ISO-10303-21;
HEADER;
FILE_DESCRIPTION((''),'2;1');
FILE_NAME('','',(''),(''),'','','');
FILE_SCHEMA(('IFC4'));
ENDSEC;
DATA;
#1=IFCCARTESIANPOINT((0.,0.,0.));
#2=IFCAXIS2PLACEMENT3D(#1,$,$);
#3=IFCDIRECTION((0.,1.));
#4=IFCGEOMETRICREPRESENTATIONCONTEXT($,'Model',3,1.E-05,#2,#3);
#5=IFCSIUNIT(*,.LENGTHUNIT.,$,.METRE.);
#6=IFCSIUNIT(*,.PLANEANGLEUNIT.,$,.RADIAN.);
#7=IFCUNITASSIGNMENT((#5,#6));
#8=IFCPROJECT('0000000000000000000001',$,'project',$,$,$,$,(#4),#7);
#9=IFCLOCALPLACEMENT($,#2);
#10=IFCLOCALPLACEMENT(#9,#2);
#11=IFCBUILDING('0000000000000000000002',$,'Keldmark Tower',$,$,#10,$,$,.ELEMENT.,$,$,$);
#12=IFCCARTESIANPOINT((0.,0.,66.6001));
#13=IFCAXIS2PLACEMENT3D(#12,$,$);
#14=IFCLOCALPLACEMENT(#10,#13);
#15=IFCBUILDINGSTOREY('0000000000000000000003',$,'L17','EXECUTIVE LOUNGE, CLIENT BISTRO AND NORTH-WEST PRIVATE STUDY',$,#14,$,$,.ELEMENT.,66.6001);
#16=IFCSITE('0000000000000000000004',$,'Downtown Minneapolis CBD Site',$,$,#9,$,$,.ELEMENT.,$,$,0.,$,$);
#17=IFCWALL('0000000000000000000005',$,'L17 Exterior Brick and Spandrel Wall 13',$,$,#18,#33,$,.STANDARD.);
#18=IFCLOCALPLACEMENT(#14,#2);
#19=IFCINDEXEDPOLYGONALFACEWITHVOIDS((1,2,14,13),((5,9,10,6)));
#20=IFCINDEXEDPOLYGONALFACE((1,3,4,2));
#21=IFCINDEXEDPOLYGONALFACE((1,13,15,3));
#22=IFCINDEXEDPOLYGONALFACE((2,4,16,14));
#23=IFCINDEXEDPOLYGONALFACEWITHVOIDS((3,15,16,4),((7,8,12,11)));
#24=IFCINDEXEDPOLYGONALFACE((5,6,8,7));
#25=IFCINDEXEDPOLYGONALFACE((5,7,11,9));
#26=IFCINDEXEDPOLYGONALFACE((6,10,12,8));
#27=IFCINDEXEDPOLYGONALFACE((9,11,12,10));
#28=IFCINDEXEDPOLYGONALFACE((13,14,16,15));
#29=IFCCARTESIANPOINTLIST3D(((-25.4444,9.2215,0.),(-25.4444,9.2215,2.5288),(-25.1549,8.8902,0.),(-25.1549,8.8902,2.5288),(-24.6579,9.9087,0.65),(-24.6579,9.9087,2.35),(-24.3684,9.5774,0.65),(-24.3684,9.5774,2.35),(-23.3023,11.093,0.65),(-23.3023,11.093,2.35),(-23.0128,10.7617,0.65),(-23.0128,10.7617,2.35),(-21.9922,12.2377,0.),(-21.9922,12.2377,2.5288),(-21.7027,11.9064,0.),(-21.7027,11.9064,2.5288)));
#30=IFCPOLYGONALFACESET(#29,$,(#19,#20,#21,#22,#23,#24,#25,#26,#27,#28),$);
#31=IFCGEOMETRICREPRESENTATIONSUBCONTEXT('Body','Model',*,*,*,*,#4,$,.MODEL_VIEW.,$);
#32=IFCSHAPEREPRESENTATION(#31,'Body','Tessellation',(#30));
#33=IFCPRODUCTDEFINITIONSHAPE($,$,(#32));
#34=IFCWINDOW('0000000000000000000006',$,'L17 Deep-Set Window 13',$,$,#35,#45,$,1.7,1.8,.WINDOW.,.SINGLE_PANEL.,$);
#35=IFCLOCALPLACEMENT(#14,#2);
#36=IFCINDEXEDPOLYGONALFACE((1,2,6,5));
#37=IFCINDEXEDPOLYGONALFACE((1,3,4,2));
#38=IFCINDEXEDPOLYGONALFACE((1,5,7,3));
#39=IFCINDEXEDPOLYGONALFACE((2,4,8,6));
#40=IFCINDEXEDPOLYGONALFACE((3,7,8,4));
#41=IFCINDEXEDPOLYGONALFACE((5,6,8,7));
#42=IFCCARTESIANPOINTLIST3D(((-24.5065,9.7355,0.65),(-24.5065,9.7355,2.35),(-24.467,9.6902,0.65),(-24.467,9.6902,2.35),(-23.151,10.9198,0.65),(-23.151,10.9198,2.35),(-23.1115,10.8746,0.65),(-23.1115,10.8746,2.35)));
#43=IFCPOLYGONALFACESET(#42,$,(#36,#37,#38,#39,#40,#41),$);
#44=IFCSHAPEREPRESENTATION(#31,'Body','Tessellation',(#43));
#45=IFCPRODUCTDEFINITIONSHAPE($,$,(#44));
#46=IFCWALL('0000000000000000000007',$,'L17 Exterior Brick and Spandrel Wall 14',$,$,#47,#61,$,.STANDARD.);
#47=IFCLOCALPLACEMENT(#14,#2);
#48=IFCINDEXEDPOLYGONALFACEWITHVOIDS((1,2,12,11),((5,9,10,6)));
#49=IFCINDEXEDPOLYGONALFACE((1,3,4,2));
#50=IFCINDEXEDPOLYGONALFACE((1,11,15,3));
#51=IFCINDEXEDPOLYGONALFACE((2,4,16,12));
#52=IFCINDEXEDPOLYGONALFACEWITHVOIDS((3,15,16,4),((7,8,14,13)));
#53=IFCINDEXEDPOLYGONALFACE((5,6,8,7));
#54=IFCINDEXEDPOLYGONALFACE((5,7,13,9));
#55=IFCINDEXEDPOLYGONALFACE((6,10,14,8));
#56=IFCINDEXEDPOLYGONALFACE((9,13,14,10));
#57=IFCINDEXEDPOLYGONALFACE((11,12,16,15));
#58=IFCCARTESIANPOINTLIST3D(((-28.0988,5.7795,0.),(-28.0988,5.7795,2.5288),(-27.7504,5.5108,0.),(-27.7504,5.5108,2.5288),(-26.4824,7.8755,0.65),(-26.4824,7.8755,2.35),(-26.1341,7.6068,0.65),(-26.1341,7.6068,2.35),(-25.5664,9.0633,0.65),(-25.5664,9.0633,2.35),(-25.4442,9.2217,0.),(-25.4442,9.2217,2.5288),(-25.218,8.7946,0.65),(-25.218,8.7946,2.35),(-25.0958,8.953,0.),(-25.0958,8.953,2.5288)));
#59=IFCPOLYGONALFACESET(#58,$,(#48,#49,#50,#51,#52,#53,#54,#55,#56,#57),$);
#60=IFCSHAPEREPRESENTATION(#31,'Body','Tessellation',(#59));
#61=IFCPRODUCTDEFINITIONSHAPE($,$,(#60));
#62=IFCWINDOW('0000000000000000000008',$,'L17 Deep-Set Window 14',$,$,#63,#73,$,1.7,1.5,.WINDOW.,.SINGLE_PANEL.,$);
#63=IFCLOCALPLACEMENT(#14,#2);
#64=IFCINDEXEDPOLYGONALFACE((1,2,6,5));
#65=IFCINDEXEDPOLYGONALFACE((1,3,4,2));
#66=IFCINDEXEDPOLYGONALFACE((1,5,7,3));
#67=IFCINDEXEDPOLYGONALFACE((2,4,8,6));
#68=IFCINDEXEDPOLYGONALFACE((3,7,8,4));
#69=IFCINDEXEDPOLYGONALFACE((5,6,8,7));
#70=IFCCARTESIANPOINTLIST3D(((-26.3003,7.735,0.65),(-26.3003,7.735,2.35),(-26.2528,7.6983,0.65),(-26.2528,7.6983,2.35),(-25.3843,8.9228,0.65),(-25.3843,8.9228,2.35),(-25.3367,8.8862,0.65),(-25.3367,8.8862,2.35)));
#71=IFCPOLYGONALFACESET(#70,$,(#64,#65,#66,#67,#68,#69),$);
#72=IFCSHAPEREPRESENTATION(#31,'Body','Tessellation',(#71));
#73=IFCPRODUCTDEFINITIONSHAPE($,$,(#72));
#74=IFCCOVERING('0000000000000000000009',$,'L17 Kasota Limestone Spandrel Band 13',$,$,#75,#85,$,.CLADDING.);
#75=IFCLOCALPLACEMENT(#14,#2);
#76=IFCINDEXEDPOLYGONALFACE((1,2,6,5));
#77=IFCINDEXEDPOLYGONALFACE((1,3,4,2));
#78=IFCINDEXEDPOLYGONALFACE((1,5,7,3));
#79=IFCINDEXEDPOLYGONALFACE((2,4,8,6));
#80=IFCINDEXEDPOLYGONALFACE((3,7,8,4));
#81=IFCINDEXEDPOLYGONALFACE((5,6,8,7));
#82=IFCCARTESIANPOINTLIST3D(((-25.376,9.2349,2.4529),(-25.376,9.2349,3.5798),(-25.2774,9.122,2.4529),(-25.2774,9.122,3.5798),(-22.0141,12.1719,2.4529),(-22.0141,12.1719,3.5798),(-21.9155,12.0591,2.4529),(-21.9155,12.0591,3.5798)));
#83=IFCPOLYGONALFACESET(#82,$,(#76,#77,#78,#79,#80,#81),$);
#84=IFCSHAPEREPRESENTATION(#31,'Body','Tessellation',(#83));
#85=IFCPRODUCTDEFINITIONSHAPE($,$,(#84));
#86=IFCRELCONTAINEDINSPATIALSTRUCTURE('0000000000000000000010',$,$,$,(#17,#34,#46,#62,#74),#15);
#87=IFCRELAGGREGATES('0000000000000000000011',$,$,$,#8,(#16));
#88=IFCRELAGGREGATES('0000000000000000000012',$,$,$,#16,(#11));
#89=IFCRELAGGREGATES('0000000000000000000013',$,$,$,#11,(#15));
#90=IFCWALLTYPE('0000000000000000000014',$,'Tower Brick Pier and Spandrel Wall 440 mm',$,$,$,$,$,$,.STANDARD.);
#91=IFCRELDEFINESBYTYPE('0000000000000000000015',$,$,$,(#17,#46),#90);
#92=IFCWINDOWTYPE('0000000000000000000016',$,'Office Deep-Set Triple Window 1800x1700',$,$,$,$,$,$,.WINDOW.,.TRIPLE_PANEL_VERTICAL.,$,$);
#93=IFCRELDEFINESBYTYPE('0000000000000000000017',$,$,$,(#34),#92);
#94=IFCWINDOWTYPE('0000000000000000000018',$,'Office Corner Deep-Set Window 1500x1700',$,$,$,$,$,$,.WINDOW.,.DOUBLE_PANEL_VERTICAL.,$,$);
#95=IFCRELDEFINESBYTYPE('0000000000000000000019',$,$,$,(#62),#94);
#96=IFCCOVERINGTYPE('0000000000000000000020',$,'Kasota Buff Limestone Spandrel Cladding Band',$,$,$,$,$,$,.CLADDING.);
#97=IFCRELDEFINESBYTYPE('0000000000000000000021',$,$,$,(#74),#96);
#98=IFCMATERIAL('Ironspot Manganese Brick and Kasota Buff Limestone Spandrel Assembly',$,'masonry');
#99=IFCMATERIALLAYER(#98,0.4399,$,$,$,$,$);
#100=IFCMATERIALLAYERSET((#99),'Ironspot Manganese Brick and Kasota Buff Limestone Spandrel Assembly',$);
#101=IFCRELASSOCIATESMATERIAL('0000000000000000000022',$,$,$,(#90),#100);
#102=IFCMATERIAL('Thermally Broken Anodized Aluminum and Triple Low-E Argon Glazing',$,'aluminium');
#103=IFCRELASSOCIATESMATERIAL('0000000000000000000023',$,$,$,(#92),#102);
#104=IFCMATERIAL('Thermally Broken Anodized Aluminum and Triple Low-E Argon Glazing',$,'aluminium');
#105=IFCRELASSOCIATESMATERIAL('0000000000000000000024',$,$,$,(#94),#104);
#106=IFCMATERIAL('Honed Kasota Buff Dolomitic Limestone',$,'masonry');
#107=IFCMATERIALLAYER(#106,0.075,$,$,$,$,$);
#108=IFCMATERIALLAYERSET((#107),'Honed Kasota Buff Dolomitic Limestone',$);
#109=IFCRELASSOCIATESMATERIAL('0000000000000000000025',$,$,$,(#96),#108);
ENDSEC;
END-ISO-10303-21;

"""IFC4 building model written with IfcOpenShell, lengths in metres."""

from ifc_helpers import new_model, si_unit, direction, frame, frame_2d, origin, origin_2d, place, context, subcontext, project, spatial, rectangle, extrude, material, layer, layer_set, type_object, element, fill, save


model = new_model("IFC4")

# Units and contexts
model_context = context("Model", 3, precision=1e-05, world=origin(), true_north=direction((0.0, 1.0)))
body_context = subcontext(model_context, "Body", "Model", "MODEL_VIEW")
ifc_project = project(units=[si_unit("LENGTHUNIT", "METRE"), si_unit("PLANEANGLEUNIT", "RADIAN")], contexts=[model_context])

# Site, building, storey
site_placement = place(None, origin())
site = spatial("IfcSite", under=ifc_project, at=site_placement, Name="Downtown Minneapolis CBD Site", CompositionType="ELEMENT", RefElevation=0.0)
building_placement = place(site_placement, origin())
building = spatial("IfcBuilding", under=site, at=building_placement, Name="Keldmark Tower", CompositionType="ELEMENT")
storey_placement = place(building_placement, frame((0.0, 0.0, 66.6001)))
storey = spatial("IfcBuildingStorey", under=building, at=storey_placement, Name="L17", Description="EXECUTIVE LOUNGE, CLIENT BISTRO AND NORTH-WEST PRIVATE STUDY", CompositionType="ELEMENT", Elevation=66.6001)

# Walls, openings, windows
ifc_material_1 = material(Name="Ironspot Manganese Brick and Kasota Buff Limestone Spandrel Assembly", Category="masonry")
ifc_layer_1 = layer(ifc_material_1, 0.4399)
ifc_layer_set_1 = layer_set([ifc_layer_1], Name="Ironspot Manganese Brick and Kasota Buff Limestone Spandrel Assembly")
wall_type_1 = type_object("IfcWallType", Name="Tower Brick Pier and Spandrel Wall 440 mm", PredefinedType="STANDARD", material=ifc_layer_set_1)
ifc_material_2 = material(Name="Thermally Broken Anodized Aluminum and Triple Low-E Argon Glazing", Category="aluminium")
window_type_1 = type_object("IfcWindowType", Name="Office Deep-Set Triple Window 1800x1700", PartitioningType="TRIPLE_PANEL_VERTICAL", PredefinedType="WINDOW", material=ifc_material_2)
wall_1_placement = place(storey_placement, frame((-25.2996, 9.0559, 0.0), z_axis=(0.0, 0.0, 1.0), x_axis=(0.753065, 0.657946, 0.0)))
wall_1 = element("IfcWall", 1, at=wall_1_placement, inside=storey, type_object=wall_type_1, Name="L17 Exterior Brick and Spandrel Wall 13", PredefinedType="STANDARD", context=body_context, shape_type="SweptSolid", body=[
    extrude(rectangle(XDim=4.5842, YDim=0.4399, at=frame_2d((2.292, 0.0))), origin(), (0.0, 0.0, 1.0), 2.5288),
])
opening_1_placement = place(wall_1_placement, frame((1.0444, 0.0, 0.6499)))
opening_1 = element("IfcOpeningElement", 2, at=opening_1_placement, cuts=wall_1, PredefinedType="OPENING", context=body_context, shape_type="SweptSolid", body=[
    extrude(rectangle(XDim=1.8, YDim=1.7, at=frame_2d((0.8999, 0.8501))), frame((0.0, 0.23, 0.0), z_axis=(0.0, -1.0, 0.0), x_axis=(1.0, 0.0, 0.0)), (0.0, 0.0, 1.0), 0.46),
])
window_1_placement = place(opening_1_placement, origin())
window_1 = element("IfcWindow", 3, at=window_1_placement, inside=storey, type_object=window_type_1, Name="L17 Deep-Set Window 13", OverallHeight=1.7, OverallWidth=1.8, PartitioningType="SINGLE_PANEL", PredefinedType="WINDOW", context=body_context, shape_type="SweptSolid", body=[
    extrude(rectangle(XDim=1.8, YDim=1.7, at=frame_2d((0.8999, 0.8501))), frame((0.0, -0.01, 0.0), z_axis=(0.0, -1.0, 0.0), x_axis=(1.0, 0.0, 0.0)), (0.0, 0.0, 1.0), 0.0601),
])
fill(opening_1, window_1)
wall_2_placement = place(storey_placement, frame((-27.9246, 5.6453, 0.0), z_axis=(0.0, 0.0, 1.0), x_axis=(0.610685, 0.791874, 0.0)))
wall_2 = element("IfcWall", 4, at=wall_2_placement, inside=storey, type_object=wall_type_1, Name="L17 Exterior Brick and Spandrel Wall 14", PredefinedType="STANDARD", context=body_context, shape_type="SweptSolid", body=[
    extrude(rectangle(XDim=4.3469, YDim=0.4399, at=frame_2d((2.1733, 0.0))), origin(), (0.0, 0.0, 1.0), 2.5288),
])
opening_2_placement = place(wall_2_placement, frame((2.6467, 0.0, 0.6499)))
opening_2 = element("IfcOpeningElement", 5, at=opening_2_placement, cuts=wall_2, PredefinedType="OPENING", context=body_context, shape_type="SweptSolid", body=[
    extrude(rectangle(XDim=1.5, YDim=1.7, at=frame_2d((0.75, 0.8501))), frame((0.0, 0.23, 0.0), z_axis=(0.0, -1.0, 0.0), x_axis=(1.0, 0.0, 0.0)), (0.0, 0.0, 1.0), 0.46),
])
ifc_material_3 = material(Name="Thermally Broken Anodized Aluminum and Triple Low-E Argon Glazing", Category="aluminium")
window_type_2 = type_object("IfcWindowType", Name="Office Corner Deep-Set Window 1500x1700", PartitioningType="DOUBLE_PANEL_VERTICAL", PredefinedType="WINDOW", material=ifc_material_3)
window_2_placement = place(opening_2_placement, origin())
window_2 = element("IfcWindow", 6, at=window_2_placement, inside=storey, type_object=window_type_2, Name="L17 Deep-Set Window 14", OverallHeight=1.7, OverallWidth=1.5, PartitioningType="SINGLE_PANEL", PredefinedType="WINDOW", context=body_context, shape_type="SweptSolid", body=[
    extrude(rectangle(XDim=1.5, YDim=1.7, at=frame_2d((0.75, 0.8501))), frame((0.0, -0.01, 0.0), z_axis=(0.0, -1.0, 0.0), x_axis=(1.0, 0.0, 0.0)), (0.0, 0.0, 1.0), 0.0601),
])
fill(opening_2, window_2)

# Covering
ifc_material_4 = material(Name="Honed Kasota Buff Dolomitic Limestone", Category="masonry")
ifc_layer_2 = layer(ifc_material_4, 0.075)
ifc_layer_set_2 = layer_set([ifc_layer_2], Name="Honed Kasota Buff Dolomitic Limestone")
covering_type = type_object("IfcCoveringType", Name="Kasota Buff Limestone Spandrel Cladding Band", PredefinedType="CLADDING", material=ifc_layer_set_2)
covering_placement = place(storey_placement, frame((-23.6458, 10.647, 2.4529), z_axis=(0.0, 0.0, 1.0), x_axis=(-0.753081, -0.657927, 0.0)))
element("IfcCovering", 7, at=covering_placement, inside=storey, type_object=covering_type, Name="L17 Kasota Limestone Spandrel Band 13", PredefinedType="CLADDING", context=body_context, shape_type="SweptSolid", body=[
    extrude(rectangle(XDim=4.4641, YDim=0.1499, at=origin_2d()), origin(), (0.0, 0.0, 1.0), 1.127),
])

save(model, "model.ifc")
